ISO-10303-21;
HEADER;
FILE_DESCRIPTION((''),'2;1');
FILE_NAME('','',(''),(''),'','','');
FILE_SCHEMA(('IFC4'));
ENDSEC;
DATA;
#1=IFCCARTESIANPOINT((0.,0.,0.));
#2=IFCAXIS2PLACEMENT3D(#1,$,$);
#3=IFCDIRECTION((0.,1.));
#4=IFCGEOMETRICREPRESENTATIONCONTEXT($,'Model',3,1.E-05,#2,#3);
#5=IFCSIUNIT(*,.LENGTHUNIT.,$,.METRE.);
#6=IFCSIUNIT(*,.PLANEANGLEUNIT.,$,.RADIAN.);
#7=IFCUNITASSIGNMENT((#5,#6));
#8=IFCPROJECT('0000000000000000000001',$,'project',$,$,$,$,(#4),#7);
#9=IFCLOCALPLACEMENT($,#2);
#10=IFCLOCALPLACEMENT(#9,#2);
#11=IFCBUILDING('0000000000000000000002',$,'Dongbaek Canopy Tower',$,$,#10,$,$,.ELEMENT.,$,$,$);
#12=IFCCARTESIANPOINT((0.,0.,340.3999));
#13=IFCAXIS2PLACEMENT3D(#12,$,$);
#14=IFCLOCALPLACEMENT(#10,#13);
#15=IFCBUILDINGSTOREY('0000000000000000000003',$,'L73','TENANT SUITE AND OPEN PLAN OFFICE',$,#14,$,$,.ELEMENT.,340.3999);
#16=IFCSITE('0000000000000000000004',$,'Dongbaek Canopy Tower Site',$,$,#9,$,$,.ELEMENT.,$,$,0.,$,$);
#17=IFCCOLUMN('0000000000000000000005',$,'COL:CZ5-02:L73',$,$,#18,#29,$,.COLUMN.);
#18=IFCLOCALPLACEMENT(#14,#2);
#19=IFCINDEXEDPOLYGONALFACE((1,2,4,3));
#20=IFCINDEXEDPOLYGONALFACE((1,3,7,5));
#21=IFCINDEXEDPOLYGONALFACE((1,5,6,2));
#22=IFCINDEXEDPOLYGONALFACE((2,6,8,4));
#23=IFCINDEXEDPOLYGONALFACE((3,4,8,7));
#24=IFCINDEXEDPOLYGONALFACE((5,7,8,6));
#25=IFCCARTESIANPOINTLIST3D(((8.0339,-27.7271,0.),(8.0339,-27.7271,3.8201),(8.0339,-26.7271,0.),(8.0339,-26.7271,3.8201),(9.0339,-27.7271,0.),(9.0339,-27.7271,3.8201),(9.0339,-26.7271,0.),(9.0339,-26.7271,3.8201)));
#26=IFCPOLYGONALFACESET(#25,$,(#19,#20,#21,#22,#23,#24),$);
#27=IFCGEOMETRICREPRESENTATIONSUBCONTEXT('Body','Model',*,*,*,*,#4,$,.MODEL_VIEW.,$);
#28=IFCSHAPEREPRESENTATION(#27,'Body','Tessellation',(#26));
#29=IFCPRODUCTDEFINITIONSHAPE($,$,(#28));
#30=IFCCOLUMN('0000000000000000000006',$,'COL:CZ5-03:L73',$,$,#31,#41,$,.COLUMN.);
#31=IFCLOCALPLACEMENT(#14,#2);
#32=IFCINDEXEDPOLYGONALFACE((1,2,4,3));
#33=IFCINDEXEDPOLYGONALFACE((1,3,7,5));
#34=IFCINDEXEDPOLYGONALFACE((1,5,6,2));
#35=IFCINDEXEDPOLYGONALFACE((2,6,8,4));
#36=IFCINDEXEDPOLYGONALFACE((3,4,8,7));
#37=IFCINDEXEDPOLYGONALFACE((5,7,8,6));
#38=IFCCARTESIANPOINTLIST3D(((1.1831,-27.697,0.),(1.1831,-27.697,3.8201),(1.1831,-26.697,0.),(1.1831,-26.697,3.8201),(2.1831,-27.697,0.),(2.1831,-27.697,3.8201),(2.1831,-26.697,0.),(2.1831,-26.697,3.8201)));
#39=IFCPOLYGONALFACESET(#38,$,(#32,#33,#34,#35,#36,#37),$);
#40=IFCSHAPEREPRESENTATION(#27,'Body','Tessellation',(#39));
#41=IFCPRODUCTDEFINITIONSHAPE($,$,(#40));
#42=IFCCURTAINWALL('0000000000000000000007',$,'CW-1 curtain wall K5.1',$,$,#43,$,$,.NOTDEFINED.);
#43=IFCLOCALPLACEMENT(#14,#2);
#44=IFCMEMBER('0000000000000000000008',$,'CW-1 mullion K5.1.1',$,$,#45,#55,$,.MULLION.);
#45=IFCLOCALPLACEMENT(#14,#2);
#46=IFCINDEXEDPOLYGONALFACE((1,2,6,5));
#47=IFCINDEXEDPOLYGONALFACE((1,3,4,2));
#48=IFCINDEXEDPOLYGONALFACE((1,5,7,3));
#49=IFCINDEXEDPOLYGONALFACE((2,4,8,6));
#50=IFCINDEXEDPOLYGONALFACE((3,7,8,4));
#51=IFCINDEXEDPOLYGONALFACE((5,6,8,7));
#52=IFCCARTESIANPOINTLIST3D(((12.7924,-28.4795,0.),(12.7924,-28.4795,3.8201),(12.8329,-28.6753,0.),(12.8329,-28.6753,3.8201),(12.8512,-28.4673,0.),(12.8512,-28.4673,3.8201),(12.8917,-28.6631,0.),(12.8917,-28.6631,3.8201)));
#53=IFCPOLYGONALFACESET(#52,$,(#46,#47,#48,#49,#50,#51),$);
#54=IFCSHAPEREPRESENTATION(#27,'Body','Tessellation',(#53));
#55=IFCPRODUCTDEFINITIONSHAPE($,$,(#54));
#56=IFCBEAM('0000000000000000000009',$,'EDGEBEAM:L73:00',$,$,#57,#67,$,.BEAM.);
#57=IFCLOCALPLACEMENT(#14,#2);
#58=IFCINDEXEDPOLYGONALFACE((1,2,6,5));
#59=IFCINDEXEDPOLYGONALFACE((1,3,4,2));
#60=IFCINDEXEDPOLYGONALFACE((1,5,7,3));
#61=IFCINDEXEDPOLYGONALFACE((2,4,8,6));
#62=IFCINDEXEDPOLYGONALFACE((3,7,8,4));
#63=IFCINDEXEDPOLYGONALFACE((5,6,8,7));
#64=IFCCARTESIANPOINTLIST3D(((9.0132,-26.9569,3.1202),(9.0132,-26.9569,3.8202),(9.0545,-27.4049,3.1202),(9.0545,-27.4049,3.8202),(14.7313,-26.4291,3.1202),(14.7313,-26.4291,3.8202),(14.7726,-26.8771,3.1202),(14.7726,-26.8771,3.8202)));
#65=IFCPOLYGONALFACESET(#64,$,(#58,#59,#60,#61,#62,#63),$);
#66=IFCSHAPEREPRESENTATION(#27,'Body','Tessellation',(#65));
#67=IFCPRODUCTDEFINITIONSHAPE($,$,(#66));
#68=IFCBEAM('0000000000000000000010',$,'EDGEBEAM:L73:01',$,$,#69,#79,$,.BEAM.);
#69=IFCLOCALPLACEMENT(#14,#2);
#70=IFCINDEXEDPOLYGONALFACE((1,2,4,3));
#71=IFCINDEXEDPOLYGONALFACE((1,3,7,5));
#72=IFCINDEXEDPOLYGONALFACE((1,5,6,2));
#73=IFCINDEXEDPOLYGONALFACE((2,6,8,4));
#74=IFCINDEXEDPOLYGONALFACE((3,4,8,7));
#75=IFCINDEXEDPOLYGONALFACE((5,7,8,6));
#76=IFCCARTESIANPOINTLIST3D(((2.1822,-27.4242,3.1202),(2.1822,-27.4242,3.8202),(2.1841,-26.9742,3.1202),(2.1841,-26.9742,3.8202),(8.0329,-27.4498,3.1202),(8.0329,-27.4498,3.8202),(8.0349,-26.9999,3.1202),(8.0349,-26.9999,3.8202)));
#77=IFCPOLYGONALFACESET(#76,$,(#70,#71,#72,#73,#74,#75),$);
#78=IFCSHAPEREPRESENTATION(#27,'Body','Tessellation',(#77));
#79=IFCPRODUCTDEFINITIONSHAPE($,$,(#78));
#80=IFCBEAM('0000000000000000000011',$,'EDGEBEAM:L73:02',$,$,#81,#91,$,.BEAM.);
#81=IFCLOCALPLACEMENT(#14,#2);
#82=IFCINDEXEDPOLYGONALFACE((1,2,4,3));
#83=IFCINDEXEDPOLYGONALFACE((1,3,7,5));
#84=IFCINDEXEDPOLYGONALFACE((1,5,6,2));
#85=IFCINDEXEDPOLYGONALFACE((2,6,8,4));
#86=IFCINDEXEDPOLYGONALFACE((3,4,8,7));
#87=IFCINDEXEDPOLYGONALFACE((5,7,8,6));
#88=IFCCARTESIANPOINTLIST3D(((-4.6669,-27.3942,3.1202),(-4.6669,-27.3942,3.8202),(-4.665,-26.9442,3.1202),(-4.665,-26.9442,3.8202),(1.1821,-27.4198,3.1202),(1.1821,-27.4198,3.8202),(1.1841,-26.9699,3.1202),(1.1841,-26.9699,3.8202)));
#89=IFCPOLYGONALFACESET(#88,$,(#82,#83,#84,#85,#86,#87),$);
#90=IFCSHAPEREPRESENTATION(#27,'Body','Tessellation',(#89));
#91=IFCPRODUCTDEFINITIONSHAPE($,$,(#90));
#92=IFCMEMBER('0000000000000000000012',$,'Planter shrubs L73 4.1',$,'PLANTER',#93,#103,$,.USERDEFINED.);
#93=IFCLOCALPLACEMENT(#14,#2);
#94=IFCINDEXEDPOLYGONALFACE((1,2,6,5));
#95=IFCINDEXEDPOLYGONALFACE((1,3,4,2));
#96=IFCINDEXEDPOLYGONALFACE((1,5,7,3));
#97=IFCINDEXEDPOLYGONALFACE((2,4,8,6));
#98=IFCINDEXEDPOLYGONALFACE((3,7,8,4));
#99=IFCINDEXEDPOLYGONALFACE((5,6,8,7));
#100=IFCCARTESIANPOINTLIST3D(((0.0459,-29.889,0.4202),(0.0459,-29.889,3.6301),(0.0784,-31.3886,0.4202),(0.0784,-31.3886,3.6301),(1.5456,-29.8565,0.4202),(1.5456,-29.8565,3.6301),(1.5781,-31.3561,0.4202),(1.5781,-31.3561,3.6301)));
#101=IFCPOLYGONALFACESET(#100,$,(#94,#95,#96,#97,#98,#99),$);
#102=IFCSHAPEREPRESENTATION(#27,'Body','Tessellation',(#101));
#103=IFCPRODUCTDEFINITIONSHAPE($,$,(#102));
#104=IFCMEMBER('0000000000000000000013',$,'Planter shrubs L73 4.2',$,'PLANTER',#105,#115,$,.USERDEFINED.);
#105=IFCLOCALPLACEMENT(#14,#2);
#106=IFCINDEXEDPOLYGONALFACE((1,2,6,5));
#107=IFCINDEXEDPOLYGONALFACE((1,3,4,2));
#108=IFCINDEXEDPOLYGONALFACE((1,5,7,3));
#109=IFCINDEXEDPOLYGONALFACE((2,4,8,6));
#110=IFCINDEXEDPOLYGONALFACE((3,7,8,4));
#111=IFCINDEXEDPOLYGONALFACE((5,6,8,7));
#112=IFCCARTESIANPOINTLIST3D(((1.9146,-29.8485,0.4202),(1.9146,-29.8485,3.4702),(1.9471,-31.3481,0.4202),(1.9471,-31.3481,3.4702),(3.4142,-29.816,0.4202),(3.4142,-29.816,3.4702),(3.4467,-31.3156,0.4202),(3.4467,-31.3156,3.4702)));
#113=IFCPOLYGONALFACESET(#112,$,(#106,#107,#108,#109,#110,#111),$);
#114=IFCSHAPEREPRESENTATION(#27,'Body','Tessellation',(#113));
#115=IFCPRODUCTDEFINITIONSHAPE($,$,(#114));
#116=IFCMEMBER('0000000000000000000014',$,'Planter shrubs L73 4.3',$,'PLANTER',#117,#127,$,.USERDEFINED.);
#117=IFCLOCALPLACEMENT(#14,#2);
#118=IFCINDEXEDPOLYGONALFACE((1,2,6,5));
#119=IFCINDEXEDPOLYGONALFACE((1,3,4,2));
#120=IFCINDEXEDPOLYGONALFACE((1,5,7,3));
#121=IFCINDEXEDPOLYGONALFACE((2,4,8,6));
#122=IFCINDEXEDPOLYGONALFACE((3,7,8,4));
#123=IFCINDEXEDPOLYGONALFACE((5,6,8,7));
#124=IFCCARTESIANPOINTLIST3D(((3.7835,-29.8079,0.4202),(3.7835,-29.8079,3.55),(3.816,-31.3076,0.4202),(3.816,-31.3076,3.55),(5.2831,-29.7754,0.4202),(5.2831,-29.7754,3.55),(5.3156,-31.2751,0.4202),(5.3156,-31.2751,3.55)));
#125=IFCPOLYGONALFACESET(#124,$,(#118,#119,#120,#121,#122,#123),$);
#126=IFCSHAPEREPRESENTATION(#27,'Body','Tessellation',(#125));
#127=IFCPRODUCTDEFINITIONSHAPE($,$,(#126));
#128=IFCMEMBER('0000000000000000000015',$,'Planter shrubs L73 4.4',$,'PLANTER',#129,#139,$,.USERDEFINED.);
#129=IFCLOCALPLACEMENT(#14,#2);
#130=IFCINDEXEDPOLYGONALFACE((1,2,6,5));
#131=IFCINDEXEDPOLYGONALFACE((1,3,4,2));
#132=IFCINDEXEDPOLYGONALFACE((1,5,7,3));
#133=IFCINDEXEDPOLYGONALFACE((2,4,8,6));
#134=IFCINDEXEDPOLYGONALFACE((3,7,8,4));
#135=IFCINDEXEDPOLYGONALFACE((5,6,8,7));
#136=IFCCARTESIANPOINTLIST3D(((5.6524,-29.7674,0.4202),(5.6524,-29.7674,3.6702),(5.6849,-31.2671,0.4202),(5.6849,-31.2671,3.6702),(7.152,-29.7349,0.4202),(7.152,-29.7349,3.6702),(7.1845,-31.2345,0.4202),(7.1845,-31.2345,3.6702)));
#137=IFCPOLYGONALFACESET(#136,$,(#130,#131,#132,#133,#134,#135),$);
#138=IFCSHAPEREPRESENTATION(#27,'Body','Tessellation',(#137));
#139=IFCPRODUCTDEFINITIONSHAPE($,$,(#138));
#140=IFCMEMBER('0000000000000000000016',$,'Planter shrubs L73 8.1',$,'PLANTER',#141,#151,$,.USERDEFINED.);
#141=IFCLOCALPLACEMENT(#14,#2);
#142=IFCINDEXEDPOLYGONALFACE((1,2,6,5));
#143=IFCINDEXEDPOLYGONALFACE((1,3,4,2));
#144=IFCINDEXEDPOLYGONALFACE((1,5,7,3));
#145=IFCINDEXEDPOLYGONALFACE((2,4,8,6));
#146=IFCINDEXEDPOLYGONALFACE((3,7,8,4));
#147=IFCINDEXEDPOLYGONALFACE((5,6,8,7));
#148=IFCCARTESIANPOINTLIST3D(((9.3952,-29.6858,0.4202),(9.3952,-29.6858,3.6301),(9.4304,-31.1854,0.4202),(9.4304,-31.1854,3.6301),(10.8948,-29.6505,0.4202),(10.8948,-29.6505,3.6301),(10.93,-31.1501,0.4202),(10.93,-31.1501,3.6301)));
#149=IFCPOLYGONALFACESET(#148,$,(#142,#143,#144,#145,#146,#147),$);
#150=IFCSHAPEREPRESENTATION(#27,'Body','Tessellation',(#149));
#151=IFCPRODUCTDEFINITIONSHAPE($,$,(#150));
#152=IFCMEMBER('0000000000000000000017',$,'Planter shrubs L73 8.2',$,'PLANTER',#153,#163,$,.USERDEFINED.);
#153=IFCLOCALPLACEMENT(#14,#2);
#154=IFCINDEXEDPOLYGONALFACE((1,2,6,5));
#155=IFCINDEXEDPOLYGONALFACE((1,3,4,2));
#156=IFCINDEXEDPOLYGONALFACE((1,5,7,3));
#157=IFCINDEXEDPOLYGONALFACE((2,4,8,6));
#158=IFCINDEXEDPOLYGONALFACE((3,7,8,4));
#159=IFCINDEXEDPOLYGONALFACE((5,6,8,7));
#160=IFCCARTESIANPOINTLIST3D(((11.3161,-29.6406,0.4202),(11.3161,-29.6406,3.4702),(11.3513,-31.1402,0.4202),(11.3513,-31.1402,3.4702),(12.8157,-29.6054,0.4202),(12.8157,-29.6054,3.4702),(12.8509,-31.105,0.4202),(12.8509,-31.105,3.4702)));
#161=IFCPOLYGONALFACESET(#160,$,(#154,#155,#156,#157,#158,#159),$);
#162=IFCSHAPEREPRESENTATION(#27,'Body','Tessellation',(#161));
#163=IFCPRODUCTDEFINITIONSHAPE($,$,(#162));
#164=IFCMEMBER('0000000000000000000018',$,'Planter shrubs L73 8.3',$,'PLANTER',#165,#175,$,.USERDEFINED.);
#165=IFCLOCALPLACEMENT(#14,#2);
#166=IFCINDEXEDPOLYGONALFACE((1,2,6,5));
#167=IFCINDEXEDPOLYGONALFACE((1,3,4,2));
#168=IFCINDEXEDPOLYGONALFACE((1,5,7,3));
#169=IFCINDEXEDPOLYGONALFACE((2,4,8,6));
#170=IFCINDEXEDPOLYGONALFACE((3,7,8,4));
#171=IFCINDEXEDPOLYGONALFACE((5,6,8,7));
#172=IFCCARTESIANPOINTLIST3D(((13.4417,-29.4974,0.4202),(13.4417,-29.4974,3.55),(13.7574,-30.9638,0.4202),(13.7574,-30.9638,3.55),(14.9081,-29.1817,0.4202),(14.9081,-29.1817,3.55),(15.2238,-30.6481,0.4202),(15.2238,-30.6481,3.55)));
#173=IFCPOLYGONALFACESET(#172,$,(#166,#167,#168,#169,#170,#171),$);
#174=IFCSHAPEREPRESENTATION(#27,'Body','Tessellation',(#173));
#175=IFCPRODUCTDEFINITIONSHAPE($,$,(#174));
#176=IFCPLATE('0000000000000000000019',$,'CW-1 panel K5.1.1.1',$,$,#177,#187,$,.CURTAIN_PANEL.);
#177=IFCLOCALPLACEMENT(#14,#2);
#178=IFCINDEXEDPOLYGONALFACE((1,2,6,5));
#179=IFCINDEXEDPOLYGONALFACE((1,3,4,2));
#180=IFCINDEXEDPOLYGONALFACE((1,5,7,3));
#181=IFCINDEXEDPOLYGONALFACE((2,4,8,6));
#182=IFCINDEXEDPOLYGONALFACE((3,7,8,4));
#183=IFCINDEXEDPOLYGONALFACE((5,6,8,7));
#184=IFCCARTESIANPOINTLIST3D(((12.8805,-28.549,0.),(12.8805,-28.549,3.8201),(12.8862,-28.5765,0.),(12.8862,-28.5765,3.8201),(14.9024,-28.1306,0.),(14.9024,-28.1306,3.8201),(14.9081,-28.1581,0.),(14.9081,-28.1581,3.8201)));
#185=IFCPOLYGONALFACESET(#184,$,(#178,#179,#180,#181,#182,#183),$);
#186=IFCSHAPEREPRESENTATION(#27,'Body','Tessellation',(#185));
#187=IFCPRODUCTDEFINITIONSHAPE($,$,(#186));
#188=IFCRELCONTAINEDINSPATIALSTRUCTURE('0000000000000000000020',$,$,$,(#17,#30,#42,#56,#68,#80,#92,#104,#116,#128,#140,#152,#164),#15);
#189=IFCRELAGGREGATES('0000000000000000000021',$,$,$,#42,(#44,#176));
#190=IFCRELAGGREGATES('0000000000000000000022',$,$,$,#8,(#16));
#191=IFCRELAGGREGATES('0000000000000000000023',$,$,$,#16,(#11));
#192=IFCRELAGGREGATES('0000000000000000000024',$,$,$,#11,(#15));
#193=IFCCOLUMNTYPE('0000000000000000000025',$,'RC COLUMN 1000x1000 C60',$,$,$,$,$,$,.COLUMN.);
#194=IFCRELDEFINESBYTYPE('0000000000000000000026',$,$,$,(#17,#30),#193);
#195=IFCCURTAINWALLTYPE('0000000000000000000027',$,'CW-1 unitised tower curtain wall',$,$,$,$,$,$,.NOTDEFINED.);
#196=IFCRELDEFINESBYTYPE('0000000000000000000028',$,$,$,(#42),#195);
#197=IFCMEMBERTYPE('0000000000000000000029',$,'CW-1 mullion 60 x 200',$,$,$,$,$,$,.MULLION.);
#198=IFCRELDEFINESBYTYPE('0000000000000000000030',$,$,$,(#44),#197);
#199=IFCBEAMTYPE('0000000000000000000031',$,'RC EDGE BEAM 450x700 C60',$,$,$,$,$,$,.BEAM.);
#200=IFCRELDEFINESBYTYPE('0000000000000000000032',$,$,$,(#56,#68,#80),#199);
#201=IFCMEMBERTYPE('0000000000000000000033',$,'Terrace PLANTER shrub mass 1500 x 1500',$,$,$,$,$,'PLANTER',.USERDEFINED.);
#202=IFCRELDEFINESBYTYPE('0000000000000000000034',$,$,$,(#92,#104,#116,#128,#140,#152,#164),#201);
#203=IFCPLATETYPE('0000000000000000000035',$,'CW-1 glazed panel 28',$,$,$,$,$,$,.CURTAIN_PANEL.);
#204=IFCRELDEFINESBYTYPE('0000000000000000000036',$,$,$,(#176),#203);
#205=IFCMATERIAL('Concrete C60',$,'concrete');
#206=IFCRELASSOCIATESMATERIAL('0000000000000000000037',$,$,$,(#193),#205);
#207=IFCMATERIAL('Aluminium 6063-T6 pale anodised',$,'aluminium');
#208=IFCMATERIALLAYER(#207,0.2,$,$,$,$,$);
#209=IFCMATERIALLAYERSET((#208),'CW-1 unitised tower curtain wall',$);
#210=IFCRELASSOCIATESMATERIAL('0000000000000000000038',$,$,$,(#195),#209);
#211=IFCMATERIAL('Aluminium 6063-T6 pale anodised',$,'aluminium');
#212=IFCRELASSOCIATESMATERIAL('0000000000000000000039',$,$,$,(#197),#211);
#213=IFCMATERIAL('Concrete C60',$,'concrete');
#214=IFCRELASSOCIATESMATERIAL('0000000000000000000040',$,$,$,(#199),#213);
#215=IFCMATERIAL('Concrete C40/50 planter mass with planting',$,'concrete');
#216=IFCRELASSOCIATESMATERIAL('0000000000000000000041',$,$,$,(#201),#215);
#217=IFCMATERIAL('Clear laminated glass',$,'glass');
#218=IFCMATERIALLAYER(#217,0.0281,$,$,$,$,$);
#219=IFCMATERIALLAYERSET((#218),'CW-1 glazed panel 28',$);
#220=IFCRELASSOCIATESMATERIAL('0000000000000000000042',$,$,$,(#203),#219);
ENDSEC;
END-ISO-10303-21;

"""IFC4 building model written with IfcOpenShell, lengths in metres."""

from ifc_helpers import new_model, si_unit, direction, frame, origin, origin_2d, place, context, subcontext, project, spatial, rectangle, extrude, material, layer, layer_set, material_profile, profile_set, type_object, element, aggregate, save


model = new_model("IFC4")

# Units and contexts
model_context = context("Model", 3, precision=1e-05, world=origin(), true_north=direction((0.0, 1.0)))
body_context = subcontext(model_context, "Body", "Model", "MODEL_VIEW")
ifc_project = project(units=[si_unit("LENGTHUNIT", "METRE"), si_unit("PLANEANGLEUNIT", "RADIAN")], contexts=[model_context])

# Site, building, storey
site_placement = place(None, origin())
site = spatial("IfcSite", under=ifc_project, at=site_placement, Name="Dongbaek Canopy Tower Site", CompositionType="ELEMENT", RefElevation=0.0)
building_placement = place(site_placement, origin())
building = spatial("IfcBuilding", under=site, at=building_placement, Name="Dongbaek Canopy Tower", CompositionType="ELEMENT")
storey_placement = place(building_placement, frame((0.0, 0.0, 340.3999)))
storey = spatial("IfcBuildingStorey", under=building, at=storey_placement, Name="L73", Description="TENANT SUITE AND OPEN PLAN OFFICE", CompositionType="ELEMENT", Elevation=340.3999)

# Columns
ifc_material_1 = material(Name="Concrete C60", Category="concrete")
ifc_material_profile_1 = material_profile(ifc_material_1, rectangle(XDim=1.0, YDim=1.0, at=origin_2d()), Name="RC COLUMN 1000x1000 C60")
ifc_profile_set_1 = profile_set([ifc_material_profile_1], Name="Concrete C60")
column_type = type_object("IfcColumnType", Name="RC COLUMN 1000x1000 C60", PredefinedType="COLUMN", material=ifc_profile_set_1)
for number, where, z_axis, x_axis, name in (
    (1, (8.5339, -27.2271, 0.0), (0.0, 0.0, 1.0), (1.0, 0.0, 0.0), "COL:CZ5-02:L73"),
    (2, (1.6831, -27.197, 0.0), (0.0, 0.0, 1.0), (1.0, 0.0, 0.0), "COL:CZ5-03:L73"),
):
    element("IfcColumn", number, at=place(storey_placement, frame(where, z_axis=z_axis, x_axis=x_axis)), inside=storey, type_object=column_type, Name=name, PredefinedType="COLUMN", context=body_context, shape_type="SweptSolid", body=[
        extrude(rectangle(XDim=1.0, YDim=1.0, at=origin_2d()), origin(), (0.0, 0.0, 1.0), 3.8201),
    ])

# Curtain wall, member
ifc_material_2 = material(Name="Aluminium 6063-T6 pale anodised", Category="aluminium")
ifc_layer_1 = layer(ifc_material_2, 0.2)
ifc_layer_set_1 = layer_set([ifc_layer_1], Name="CW-1 unitised tower curtain wall")
curtain_wall_type = type_object("IfcCurtainWallType", Name="CW-1 unitised tower curtain wall", PredefinedType="NOTDEFINED", material=ifc_layer_set_1)
curtain_wall_1_placement = place(storey_placement, origin())
curtain_wall_1 = element("IfcCurtainWall", 3, at=curtain_wall_1_placement, inside=storey, type_object=curtain_wall_type, Name="CW-1 curtain wall K5.1", PredefinedType="NOTDEFINED")
ifc_material_3 = material(Name="Aluminium 6063-T6 pale anodised", Category="aluminium")
ifc_material_profile_2 = material_profile(ifc_material_3, rectangle(XDim=0.2, YDim=0.0601, at=origin_2d()), Name="CW-1 mullion 60 x 200")
ifc_profile_set_2 = profile_set([ifc_material_profile_2], Name="Aluminium 6063-T6 pale anodised")
member_type_1 = type_object("IfcMemberType", Name="CW-1 mullion 60 x 200", PredefinedType="MULLION", material=ifc_profile_set_2)
member_1_placement = place(storey_placement, frame((12.842, -28.5713, 0.0), z_axis=(0.0, 0.0, 1.0), x_axis=(0.202641, -0.979253, 0.0)))
member_1 = element("IfcMember", 4, at=member_1_placement, type_object=member_type_1, Name="CW-1 mullion K5.1.1", PredefinedType="MULLION", context=body_context, shape_type="SweptSolid", body=[
    extrude(rectangle(XDim=0.2, YDim=0.0601, at=origin_2d()), origin(), (0.0, 0.0, 1.0), 3.8201),
])

# Beams
ifc_material_4 = material(Name="Concrete C60", Category="concrete")
ifc_material_profile_3 = material_profile(ifc_material_4, rectangle(XDim=0.45, YDim=0.7, at=origin_2d()), Name="RC EDGE BEAM 450x700 C60")
ifc_profile_set_3 = profile_set([ifc_material_profile_3], Name="Concrete C60")
beam_type = type_object("IfcBeamType", Name="RC EDGE BEAM 450x700 C60", PredefinedType="BEAM", material=ifc_profile_set_3)
beam_1_placement = place(storey_placement, frame((14.752, -26.6531, 3.4702), z_axis=(-0.995766, -0.09192, 0.0), x_axis=(0.09192, -0.995766, 0.0)))
element("IfcBeam", 5, at=beam_1_placement, inside=storey, type_object=beam_type, Name="EDGEBEAM:L73:00", PredefinedType="BEAM", context=body_context, shape_type="SweptSolid", body=[
    extrude(rectangle(XDim=0.45, YDim=0.7, at=origin_2d()), origin(), (0.0, 0.0, 1.0), 5.7424),
])
beam_2_placement = place(storey_placement, frame((8.0339, -27.2249, 3.4702), z_axis=(-0.99999, 0.004381, 0.0), x_axis=(-0.004381, -0.99999, 0.0)))
element("IfcBeam", 6, at=beam_2_placement, inside=storey, type_object=beam_type, Name="EDGEBEAM:L73:01", PredefinedType="BEAM", context=body_context, shape_type="SweptSolid", body=[
    extrude(rectangle(XDim=0.45, YDim=0.7, at=origin_2d()), origin(), (0.0, 0.0, 1.0), 5.8508),
])
beam_3_placement = place(storey_placement, frame((1.1831, -27.1948, 3.4702), z_axis=(-0.99999, 0.004383, 0.0), x_axis=(-0.004383, -0.99999, 0.0)))
element("IfcBeam", 7, at=beam_3_placement, inside=storey, type_object=beam_type, Name="EDGEBEAM:L73:02", PredefinedType="BEAM", context=body_context, shape_type="SweptSolid", body=[
    extrude(rectangle(XDim=0.45, YDim=0.7, at=origin_2d()), origin(), (0.0, 0.0, 1.0), 5.8491),
])

# Members
ifc_material_5 = material(Name="Concrete C40/50 planter mass with planting", Category="concrete")
ifc_material_profile_4 = material_profile(ifc_material_5, rectangle(XDim=1.5, YDim=1.5, at=origin_2d()), Name="Terrace PLANTER shrub mass 1500 x 1500")
ifc_profile_set_4 = profile_set([ifc_material_profile_4], Name="Concrete C40/50 planter mass with planting")
member_type_2 = type_object("IfcMemberType", Name="Terrace PLANTER shrub mass 1500 x 1500", ElementType="PLANTER", PredefinedType="USERDEFINED", material=ifc_profile_set_4)
member_2_placement = place(storey_placement, frame((0.812, -30.6226, 0.4202), z_axis=(0.0, 0.0, 1.0), x_axis=(0.021676, -0.999765, 0.0)))
element("IfcMember", 8, at=member_2_placement, inside=storey, type_object=member_type_2, Name="Planter shrubs L73 4.1", ObjectType="PLANTER", PredefinedType="USERDEFINED", context=body_context, shape_type="SweptSolid", body=[
    extrude(rectangle(XDim=1.5, YDim=1.5, at=origin_2d()), origin(), (0.0, 0.0, 1.0), 3.21),
])
member_3_placement = place(storey_placement, frame((2.6807, -30.582, 0.4202), z_axis=(0.0, 0.0, 1.0), x_axis=(0.021676, -0.999765, 0.0)))
element("IfcMember", 9, at=member_3_placement, inside=storey, type_object=member_type_2, Name="Planter shrubs L73 4.2", ObjectType="PLANTER", PredefinedType="USERDEFINED", context=body_context, shape_type="SweptSolid", body=[
    extrude(rectangle(XDim=1.5, YDim=1.5, at=origin_2d()), origin(), (0.0, 0.0, 1.0), 3.05),
])
member_4_placement = place(storey_placement, frame((4.5496, -30.5415, 0.4202), z_axis=(0.0, 0.0, 1.0), x_axis=(0.021676, -0.999765, 0.0)))
element("IfcMember", 10, at=member_4_placement, inside=storey, type_object=member_type_2, Name="Planter shrubs L73 4.3", ObjectType="PLANTER", PredefinedType="USERDEFINED", context=body_context, shape_type="SweptSolid", body=[
    extrude(rectangle(XDim=1.5, YDim=1.5, at=origin_2d()), origin(), (0.0, 0.0, 1.0), 3.1299),
])
member_5_placement = place(storey_placement, frame((6.4185, -30.501, 0.4202), z_axis=(0.0, 0.0, 1.0), x_axis=(0.021676, -0.999765, 0.0)))
element("IfcMember", 11, at=member_5_placement, inside=storey, type_object=member_type_2, Name="Planter shrubs L73 4.4", ObjectType="PLANTER", PredefinedType="USERDEFINED", context=body_context, shape_type="SweptSolid", body=[
    extrude(rectangle(XDim=1.5, YDim=1.5, at=origin_2d()), origin(), (0.0, 0.0, 1.0), 3.25),
])
member_6_placement = place(storey_placement, frame((10.1626, -30.418, 0.4202), z_axis=(0.0, 0.0, 1.0), x_axis=(0.023503, -0.999724, 0.0)))
element("IfcMember", 12, at=member_6_placement, inside=storey, type_object=member_type_2, Name="Planter shrubs L73 8.1", ObjectType="PLANTER", PredefinedType="USERDEFINED", context=body_context, shape_type="SweptSolid", body=[
    extrude(rectangle(XDim=1.5, YDim=1.5, at=origin_2d()), origin(), (0.0, 0.0, 1.0), 3.21),
])
member_7_placement = place(storey_placement, frame((12.0835, -30.3728, 0.4202), z_axis=(0.0, 0.0, 1.0), x_axis=(0.023503, -0.999724, 0.0)))
element("IfcMember", 13, at=member_7_placement, inside=storey, type_object=member_type_2, Name="Planter shrubs L73 8.2", ObjectType="PLANTER", PredefinedType="USERDEFINED", context=body_context, shape_type="SweptSolid", body=[
    extrude(rectangle(XDim=1.5, YDim=1.5, at=origin_2d()), origin(), (0.0, 0.0, 1.0), 3.05),
])
member_8_placement = place(storey_placement, frame((14.3328, -30.0728, 0.4202), z_axis=(0.0, 0.0, 1.0), x_axis=(0.210435, -0.977608, 0.0)))
element("IfcMember", 14, at=member_8_placement, inside=storey, type_object=member_type_2, Name="Planter shrubs L73 8.3", ObjectType="PLANTER", PredefinedType="USERDEFINED", context=body_context, shape_type="SweptSolid", body=[
    extrude(rectangle(XDim=1.5, YDim=1.5, at=origin_2d()), origin(), (0.0, 0.0, 1.0), 3.1299),
])

# Plate
ifc_material_6 = material(Name="Clear laminated glass", Category="glass")
ifc_layer_2 = layer(ifc_material_6, 0.0281)
ifc_layer_set_2 = layer_set([ifc_layer_2], Name="CW-1 glazed panel 28")
plate_type = type_object("IfcPlateType", Name="CW-1 glazed panel 28", PredefinedType="CURTAIN_PANEL", material=ifc_layer_set_2)
plate_placement = place(storey_placement, frame((13.8943, -28.3535, 0.0), z_axis=(0.0, 0.0, 1.0), x_axis=(0.979253, 0.202641, 0.0)))
plate = element("IfcPlate", 15, at=plate_placement, type_object=plate_type, Name="CW-1 panel K5.1.1.1", PredefinedType="CURTAIN_PANEL", context=body_context, shape_type="SweptSolid", body=[
    extrude(rectangle(XDim=2.0647, YDim=0.0281, at=origin_2d()), origin(), (0.0, 0.0, 1.0), 3.8201),
])
aggregate(curtain_wall_1, [member_1, plate])

save(model, "model.ifc")
